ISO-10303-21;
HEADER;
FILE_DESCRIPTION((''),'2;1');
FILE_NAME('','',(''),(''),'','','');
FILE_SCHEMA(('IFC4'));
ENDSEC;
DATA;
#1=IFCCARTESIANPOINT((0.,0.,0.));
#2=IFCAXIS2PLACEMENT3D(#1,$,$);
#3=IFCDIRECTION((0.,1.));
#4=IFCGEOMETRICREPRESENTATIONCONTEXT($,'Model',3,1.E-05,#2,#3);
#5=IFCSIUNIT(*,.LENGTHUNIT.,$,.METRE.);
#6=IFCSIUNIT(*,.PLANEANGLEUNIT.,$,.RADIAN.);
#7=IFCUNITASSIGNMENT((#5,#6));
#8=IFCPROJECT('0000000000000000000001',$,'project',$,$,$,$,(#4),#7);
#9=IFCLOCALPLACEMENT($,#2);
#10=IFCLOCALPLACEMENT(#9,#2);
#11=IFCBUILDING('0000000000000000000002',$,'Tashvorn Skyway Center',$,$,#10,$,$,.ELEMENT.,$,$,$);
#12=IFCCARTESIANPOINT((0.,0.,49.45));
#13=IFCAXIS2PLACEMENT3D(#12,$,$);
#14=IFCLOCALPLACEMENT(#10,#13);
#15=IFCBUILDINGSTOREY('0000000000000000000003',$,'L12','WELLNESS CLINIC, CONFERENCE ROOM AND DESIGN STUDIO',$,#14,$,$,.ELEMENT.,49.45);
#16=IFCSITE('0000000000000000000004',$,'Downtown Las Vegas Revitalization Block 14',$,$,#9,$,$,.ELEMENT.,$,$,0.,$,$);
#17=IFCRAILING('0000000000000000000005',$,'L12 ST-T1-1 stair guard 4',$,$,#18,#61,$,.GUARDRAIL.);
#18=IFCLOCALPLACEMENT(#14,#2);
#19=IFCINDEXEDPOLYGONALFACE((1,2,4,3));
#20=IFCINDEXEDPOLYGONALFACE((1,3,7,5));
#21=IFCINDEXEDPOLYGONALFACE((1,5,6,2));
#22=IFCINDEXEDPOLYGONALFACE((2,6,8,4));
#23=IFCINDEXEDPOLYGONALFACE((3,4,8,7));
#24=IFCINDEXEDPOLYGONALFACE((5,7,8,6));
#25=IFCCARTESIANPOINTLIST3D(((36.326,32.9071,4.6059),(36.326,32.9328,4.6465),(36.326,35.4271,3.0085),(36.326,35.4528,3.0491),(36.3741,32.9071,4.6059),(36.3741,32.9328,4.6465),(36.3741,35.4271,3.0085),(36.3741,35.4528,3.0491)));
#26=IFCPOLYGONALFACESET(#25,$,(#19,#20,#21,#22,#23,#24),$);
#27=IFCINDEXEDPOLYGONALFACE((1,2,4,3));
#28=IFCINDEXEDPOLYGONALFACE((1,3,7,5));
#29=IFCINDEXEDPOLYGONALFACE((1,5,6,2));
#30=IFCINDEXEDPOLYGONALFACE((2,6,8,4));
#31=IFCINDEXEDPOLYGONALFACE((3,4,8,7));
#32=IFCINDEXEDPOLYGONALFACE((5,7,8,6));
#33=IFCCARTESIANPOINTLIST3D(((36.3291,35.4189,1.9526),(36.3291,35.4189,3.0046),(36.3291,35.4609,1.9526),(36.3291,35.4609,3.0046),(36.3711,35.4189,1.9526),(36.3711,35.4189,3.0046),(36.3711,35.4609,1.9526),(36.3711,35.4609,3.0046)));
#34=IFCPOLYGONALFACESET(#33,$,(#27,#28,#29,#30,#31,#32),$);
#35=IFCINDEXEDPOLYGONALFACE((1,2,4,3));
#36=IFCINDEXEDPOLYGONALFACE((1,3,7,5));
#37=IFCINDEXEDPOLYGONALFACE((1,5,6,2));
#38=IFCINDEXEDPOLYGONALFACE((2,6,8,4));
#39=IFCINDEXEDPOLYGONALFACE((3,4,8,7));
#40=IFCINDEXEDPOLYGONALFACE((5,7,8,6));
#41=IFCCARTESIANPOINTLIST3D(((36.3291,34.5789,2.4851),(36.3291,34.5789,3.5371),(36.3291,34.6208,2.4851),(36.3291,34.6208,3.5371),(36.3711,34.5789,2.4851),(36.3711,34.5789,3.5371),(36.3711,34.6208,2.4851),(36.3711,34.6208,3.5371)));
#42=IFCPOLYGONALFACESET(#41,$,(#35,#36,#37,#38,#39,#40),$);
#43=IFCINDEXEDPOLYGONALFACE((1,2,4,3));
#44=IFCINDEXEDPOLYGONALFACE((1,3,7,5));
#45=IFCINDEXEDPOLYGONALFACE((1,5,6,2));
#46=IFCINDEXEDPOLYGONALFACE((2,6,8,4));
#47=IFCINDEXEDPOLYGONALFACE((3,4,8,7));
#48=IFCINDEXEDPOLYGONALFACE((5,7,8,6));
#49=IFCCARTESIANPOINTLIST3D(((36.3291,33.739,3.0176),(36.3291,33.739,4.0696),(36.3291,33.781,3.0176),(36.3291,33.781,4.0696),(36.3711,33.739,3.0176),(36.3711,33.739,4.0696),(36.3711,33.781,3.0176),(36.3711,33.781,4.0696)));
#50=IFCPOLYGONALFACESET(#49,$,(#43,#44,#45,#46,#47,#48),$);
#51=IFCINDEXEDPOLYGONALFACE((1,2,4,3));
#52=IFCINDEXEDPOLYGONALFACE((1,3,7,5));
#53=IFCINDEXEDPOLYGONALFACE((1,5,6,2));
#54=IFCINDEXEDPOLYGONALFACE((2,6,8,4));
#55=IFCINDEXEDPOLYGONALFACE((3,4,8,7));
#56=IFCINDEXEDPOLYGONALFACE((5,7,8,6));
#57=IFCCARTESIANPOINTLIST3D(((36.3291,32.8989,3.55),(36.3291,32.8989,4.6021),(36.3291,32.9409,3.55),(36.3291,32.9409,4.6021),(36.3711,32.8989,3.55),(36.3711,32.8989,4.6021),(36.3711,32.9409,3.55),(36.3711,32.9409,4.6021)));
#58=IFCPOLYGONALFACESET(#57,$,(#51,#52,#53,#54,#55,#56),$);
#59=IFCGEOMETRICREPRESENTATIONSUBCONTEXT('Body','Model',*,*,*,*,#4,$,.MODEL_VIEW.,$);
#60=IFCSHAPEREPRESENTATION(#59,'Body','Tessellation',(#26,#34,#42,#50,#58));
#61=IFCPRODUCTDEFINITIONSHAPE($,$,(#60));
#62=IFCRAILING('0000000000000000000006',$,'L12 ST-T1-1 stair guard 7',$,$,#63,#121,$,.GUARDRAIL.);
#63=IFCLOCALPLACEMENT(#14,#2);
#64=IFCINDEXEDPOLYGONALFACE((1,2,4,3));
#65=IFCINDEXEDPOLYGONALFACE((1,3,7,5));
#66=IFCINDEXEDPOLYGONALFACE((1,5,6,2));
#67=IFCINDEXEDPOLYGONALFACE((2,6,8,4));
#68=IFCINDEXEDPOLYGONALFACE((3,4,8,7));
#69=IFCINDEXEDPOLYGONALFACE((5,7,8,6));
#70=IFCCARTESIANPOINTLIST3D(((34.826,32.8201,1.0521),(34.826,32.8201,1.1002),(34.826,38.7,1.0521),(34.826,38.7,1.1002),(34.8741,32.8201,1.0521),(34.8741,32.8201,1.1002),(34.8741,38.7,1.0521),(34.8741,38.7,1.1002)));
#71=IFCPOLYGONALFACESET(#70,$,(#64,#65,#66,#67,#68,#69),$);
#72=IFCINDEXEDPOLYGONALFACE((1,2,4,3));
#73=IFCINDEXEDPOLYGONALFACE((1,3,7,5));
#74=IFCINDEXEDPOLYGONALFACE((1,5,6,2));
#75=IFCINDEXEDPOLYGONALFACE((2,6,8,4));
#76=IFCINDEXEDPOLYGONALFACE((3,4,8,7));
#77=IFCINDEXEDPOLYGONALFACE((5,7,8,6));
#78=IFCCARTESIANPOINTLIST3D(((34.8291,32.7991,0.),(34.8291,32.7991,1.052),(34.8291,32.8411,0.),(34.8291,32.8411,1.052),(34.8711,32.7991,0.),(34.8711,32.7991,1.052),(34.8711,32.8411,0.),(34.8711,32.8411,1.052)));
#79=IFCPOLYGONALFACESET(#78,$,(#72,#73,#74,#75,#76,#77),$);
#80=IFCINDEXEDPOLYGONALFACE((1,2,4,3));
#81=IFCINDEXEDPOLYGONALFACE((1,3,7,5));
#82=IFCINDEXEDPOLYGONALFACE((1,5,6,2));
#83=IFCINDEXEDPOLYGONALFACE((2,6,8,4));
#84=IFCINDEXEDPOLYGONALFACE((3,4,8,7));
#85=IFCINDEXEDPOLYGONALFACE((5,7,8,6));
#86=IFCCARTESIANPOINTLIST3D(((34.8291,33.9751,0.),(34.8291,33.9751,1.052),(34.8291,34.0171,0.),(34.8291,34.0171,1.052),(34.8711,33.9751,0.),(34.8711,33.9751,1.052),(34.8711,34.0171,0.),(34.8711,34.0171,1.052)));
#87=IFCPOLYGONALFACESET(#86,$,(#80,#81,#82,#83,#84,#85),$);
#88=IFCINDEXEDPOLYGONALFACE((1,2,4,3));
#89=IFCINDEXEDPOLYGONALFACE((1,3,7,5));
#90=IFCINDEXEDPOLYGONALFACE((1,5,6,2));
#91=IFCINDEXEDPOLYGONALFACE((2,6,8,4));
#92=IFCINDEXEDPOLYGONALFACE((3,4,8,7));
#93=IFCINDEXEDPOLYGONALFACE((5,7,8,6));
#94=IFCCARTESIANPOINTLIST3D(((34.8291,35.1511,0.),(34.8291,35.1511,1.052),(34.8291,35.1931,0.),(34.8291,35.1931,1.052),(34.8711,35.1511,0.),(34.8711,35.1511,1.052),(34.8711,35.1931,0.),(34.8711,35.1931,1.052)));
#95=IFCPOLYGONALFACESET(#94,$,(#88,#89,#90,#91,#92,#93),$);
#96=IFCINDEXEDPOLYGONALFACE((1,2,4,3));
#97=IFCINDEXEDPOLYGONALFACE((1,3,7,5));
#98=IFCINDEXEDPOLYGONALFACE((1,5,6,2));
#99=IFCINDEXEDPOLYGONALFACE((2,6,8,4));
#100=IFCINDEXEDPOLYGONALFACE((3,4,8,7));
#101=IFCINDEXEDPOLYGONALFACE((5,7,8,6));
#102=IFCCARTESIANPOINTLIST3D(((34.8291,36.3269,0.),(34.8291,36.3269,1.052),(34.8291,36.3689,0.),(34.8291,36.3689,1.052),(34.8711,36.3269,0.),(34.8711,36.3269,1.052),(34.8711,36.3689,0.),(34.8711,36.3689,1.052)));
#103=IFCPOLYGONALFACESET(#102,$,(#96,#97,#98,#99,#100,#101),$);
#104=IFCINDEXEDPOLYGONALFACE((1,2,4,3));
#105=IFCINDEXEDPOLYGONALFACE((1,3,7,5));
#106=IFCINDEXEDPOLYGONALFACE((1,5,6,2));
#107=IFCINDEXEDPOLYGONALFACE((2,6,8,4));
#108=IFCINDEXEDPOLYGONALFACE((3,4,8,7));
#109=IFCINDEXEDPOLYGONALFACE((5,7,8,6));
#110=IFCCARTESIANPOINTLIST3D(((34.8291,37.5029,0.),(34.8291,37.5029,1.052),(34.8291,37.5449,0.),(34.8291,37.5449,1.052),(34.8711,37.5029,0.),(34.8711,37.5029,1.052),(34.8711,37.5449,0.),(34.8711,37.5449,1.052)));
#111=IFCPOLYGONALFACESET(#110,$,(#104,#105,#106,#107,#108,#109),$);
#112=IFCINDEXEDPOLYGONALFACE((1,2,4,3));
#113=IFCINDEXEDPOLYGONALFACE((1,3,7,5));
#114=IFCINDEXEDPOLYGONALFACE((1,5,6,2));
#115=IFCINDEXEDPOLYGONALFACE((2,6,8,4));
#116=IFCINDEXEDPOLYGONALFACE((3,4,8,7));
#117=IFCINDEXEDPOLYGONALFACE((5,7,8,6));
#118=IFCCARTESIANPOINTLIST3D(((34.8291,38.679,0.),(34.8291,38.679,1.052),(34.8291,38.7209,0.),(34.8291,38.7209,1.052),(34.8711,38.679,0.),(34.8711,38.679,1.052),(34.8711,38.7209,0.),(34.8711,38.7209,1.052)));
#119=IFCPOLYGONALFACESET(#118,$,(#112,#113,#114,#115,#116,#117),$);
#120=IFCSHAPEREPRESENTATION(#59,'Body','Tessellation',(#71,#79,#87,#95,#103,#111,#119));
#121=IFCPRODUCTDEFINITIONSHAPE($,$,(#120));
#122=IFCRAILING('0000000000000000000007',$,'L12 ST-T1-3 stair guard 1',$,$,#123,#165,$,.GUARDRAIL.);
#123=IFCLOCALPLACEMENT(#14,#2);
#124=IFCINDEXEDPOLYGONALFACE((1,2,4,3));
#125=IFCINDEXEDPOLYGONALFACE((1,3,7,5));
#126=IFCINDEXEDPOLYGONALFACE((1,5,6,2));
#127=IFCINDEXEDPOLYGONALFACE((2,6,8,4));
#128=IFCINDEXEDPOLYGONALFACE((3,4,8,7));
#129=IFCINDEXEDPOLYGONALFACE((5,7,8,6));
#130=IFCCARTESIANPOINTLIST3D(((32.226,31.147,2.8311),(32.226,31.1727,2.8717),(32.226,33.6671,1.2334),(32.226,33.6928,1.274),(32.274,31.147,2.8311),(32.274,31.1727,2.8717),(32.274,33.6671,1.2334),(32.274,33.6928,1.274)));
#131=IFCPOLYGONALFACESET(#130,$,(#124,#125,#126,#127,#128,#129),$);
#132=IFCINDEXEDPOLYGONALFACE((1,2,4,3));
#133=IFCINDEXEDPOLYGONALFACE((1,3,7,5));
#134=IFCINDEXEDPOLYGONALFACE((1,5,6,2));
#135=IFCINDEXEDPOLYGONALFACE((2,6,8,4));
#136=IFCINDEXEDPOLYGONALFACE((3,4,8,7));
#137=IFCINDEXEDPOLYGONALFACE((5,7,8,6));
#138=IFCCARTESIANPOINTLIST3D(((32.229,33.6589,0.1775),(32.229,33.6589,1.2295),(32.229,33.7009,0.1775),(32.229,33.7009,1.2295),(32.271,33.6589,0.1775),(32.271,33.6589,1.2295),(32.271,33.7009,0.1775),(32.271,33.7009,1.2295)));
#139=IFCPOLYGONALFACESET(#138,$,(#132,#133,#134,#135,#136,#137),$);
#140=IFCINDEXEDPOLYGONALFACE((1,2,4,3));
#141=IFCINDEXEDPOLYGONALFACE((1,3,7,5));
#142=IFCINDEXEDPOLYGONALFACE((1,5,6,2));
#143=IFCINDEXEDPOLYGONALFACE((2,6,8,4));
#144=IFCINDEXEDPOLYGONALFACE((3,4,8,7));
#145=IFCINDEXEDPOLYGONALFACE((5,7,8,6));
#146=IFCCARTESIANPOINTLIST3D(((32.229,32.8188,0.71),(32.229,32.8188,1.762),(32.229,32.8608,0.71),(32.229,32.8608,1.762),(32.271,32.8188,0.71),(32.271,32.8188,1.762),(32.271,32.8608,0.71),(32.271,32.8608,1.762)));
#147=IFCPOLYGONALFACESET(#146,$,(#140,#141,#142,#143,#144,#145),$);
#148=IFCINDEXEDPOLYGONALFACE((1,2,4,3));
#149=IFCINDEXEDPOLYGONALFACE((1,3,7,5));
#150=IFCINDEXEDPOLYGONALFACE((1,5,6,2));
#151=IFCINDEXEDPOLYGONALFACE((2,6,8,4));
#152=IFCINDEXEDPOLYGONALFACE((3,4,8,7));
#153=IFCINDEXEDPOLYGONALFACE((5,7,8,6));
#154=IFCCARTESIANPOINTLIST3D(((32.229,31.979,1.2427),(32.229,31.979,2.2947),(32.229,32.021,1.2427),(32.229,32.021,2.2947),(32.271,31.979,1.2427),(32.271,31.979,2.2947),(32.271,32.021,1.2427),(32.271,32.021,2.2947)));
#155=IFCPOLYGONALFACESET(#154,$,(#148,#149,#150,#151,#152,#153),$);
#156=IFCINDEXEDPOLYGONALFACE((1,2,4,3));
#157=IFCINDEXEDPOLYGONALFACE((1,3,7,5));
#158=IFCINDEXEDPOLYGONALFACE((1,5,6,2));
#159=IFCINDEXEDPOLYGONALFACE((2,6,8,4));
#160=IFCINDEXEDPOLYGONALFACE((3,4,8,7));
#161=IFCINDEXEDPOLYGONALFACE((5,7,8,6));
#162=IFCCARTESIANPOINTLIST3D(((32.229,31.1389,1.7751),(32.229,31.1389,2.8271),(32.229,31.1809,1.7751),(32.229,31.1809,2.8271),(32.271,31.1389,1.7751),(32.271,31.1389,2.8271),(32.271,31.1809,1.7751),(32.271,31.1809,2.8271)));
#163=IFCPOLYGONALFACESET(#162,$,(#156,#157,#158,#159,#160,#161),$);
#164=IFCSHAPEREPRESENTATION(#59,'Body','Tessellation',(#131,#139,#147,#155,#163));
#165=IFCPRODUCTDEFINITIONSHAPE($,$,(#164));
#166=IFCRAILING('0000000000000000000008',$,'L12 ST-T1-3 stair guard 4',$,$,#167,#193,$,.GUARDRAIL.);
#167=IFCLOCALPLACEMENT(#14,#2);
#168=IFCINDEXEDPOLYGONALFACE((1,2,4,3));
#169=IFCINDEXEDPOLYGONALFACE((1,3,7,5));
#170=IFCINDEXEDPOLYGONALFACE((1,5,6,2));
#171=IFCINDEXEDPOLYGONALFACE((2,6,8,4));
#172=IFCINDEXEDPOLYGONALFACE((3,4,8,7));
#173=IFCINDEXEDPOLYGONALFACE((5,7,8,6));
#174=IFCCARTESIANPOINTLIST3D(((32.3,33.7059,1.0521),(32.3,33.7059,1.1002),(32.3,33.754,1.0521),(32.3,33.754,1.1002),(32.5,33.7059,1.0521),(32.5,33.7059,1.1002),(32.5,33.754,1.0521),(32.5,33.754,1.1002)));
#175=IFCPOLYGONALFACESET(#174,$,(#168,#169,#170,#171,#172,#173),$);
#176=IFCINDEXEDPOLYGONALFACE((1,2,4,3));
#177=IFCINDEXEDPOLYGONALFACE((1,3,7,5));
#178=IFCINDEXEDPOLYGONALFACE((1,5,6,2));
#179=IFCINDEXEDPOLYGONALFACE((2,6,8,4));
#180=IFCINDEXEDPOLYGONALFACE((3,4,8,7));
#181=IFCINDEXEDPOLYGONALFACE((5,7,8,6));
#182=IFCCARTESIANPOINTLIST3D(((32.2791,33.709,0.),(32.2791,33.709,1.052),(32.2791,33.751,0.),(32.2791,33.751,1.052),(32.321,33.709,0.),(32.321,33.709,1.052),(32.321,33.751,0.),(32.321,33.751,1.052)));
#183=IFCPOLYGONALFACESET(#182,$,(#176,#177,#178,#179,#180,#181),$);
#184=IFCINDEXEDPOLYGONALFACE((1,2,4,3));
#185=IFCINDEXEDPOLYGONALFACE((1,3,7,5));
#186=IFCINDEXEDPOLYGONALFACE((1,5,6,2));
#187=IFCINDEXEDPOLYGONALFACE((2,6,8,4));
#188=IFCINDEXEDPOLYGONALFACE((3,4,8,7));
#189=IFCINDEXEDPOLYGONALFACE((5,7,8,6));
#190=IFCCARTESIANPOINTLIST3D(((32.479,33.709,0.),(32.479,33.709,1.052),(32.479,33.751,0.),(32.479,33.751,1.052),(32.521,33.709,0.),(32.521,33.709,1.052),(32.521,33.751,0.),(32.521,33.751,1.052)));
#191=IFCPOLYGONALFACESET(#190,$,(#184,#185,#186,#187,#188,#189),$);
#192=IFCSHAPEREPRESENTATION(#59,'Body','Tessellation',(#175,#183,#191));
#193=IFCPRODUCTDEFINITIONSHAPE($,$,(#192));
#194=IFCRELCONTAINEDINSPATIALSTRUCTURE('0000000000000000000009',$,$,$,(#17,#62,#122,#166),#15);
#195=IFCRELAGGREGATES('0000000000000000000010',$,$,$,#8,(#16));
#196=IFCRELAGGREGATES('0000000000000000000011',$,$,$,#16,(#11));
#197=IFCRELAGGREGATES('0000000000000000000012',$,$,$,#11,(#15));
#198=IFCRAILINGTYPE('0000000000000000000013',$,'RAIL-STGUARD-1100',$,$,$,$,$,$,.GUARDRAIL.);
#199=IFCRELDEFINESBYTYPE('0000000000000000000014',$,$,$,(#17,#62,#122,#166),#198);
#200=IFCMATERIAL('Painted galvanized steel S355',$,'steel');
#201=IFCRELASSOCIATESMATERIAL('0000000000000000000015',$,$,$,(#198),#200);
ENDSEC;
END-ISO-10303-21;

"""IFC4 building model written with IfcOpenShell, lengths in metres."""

from ifc_helpers import new_model, si_unit, direction, frame, origin, origin_2d, place, context, subcontext, project, spatial, rectangle, extrude, material, type_object, element, save


model = new_model("IFC4")

# Units and contexts
model_context = context("Model", 3, precision=1e-05, world=origin(), true_north=direction((0.0, 1.0)))
body_context = subcontext(model_context, "Body", "Model", "MODEL_VIEW")
ifc_project = project(units=[si_unit("LENGTHUNIT", "METRE"), si_unit("PLANEANGLEUNIT", "RADIAN")], contexts=[model_context])

# Site, building, storey
site_placement = place(None, origin())
site = spatial("IfcSite", under=ifc_project, at=site_placement, Name="Downtown Las Vegas Revitalization Block 14", CompositionType="ELEMENT", RefElevation=0.0)
building_placement = place(site_placement, origin())
building = spatial("IfcBuilding", under=site, at=building_placement, Name="Tashvorn Skyway Center", CompositionType="ELEMENT")
storey_placement = place(building_placement, frame((0.0, 0.0, 49.45)))
storey = spatial("IfcBuildingStorey", under=building, at=storey_placement, Name="L12", Description="WELLNESS CLINIC, CONFERENCE ROOM AND DESIGN STUDIO", CompositionType="ELEMENT", Elevation=49.45)

# Railings
ifc_material_1 = material(Name="Painted galvanized steel S355", Category="steel")
railing_type_1 = type_object("IfcRailingType", Name="RAIL-STGUARD-1100", PredefinedType="GUARDRAIL", material=ifc_material_1)
railing_1_placement = place(storey_placement, frame((36.3501, 35.4399, 1.9526)))
element("IfcRailing", 1, at=railing_1_placement, inside=storey, type_object=railing_type_1, Name="L12 ST-T1-1 stair guard 4", PredefinedType="GUARDRAIL", context=body_context, shape_type="SweptSolid", body=[
    extrude(rectangle(XDim=0.0481, YDim=0.0481, at=origin_2d()), frame((0.0, 0.0, 1.0762), z_axis=(0.0, -0.844607, 0.535387), x_axis=(1.0, 0.0, 0.0)), (0.0, 0.0, 1.0), 2.9836),
    extrude(rectangle(XDim=0.042, YDim=0.042, at=origin_2d()), origin(), (0.0, 0.0, 1.0), 1.052),
    extrude(rectangle(XDim=0.042, YDim=0.042, at=origin_2d()), frame((0.0, -0.8401, 0.5325)), (0.0, 0.0, 1.0), 1.052),
    extrude(rectangle(XDim=0.042, YDim=0.042, at=origin_2d()), frame((0.0, -1.6799, 1.0649)), (0.0, 0.0, 1.0), 1.052),
    extrude(rectangle(XDim=0.042, YDim=0.042, at=origin_2d()), frame((0.0, -2.52, 1.5974)), (0.0, 0.0, 1.0), 1.052),
])
railing_2_placement = place(storey_placement, frame((34.8501, 32.8201, 0.0)))
element("IfcRailing", 2, at=railing_2_placement, inside=storey, type_object=railing_type_1, Name="L12 ST-T1-1 stair guard 7", PredefinedType="GUARDRAIL", context=body_context, shape_type="SweptSolid", body=[
    extrude(rectangle(XDim=0.0481, YDim=0.0481, at=origin_2d()), frame((0.0, 0.0, 1.0762), z_axis=(0.0, 1.0, 0.0), x_axis=(-1.0, 0.0, 0.0)), (0.0, 0.0, 1.0), 5.8799),
    extrude(rectangle(XDim=0.042, YDim=0.042, at=origin_2d()), origin(), (0.0, 0.0, 1.0), 1.052),
    extrude(rectangle(XDim=0.042, YDim=0.042, at=origin_2d()), frame((0.0, 1.176, 0.0)), (0.0, 0.0, 1.0), 1.052),
    extrude(rectangle(XDim=0.042, YDim=0.042, at=origin_2d()), frame((0.0, 2.3521, 0.0)), (0.0, 0.0, 1.0), 1.052),
    extrude(rectangle(XDim=0.042, YDim=0.042, at=origin_2d()), frame((0.0, 3.5278, 0.0)), (0.0, 0.0, 1.0), 1.052),
    extrude(rectangle(XDim=0.042, YDim=0.042, at=origin_2d()), frame((0.0, 4.7039, 0.0)), (0.0, 0.0, 1.0), 1.052),
    extrude(rectangle(XDim=0.042, YDim=0.042, at=origin_2d()), frame((0.0, 5.8799, 0.0)), (0.0, 0.0, 1.0), 1.052),
])
railing_3_placement = place(storey_placement, frame((32.25, 33.6799, 0.1775)))
element("IfcRailing", 3, at=railing_3_placement, inside=storey, type_object=railing_type_1, Name="L12 ST-T1-3 stair guard 1", PredefinedType="GUARDRAIL", context=body_context, shape_type="SweptSolid", body=[
    extrude(rectangle(XDim=0.0481, YDim=0.0481, at=origin_2d()), frame((0.0, 0.0, 1.0762), z_axis=(0.0, -0.84457, 0.535445), x_axis=(1.0, 0.0, 0.0)), (0.0, 0.0, 1.0), 2.9839),
    extrude(rectangle(XDim=0.042, YDim=0.042, at=origin_2d()), origin(), (0.0, 0.0, 1.0), 1.052),
    extrude(rectangle(XDim=0.042, YDim=0.042, at=origin_2d()), frame((0.0, -0.8401, 0.5325)), (0.0, 0.0, 1.0), 1.052),
    extrude(rectangle(XDim=0.042, YDim=0.042, at=origin_2d()), frame((0.0, -1.6799, 1.0652)), (0.0, 0.0, 1.0), 1.052),
    extrude(rectangle(XDim=0.042, YDim=0.042, at=origin_2d()), frame((0.0, -2.52, 1.5977)), (0.0, 0.0, 1.0), 1.052),
])
railing_4_placement = place(storey_placement, frame((32.3, 33.73, 0.0)))
element("IfcRailing", 4, at=railing_4_placement, inside=storey, type_object=railing_type_1, Name="L12 ST-T1-3 stair guard 4", PredefinedType="GUARDRAIL", context=body_context, shape_type="SweptSolid", body=[
    extrude(rectangle(XDim=0.0481, YDim=0.0481, at=origin_2d()), frame((0.0, 0.0, 1.0762), z_axis=(1.0, 0.0, 0.0), x_axis=(0.0, 1.0, 0.0)), (0.0, 0.0, 1.0), 0.2),
    extrude(rectangle(XDim=0.042, YDim=0.042, at=origin_2d()), origin(), (0.0, 0.0, 1.0), 1.052),
    extrude(rectangle(XDim=0.042, YDim=0.042, at=origin_2d()), frame((0.2, 0.0, 0.0)), (0.0, 0.0, 1.0), 1.052),
])

save(model, "model.ifc")
